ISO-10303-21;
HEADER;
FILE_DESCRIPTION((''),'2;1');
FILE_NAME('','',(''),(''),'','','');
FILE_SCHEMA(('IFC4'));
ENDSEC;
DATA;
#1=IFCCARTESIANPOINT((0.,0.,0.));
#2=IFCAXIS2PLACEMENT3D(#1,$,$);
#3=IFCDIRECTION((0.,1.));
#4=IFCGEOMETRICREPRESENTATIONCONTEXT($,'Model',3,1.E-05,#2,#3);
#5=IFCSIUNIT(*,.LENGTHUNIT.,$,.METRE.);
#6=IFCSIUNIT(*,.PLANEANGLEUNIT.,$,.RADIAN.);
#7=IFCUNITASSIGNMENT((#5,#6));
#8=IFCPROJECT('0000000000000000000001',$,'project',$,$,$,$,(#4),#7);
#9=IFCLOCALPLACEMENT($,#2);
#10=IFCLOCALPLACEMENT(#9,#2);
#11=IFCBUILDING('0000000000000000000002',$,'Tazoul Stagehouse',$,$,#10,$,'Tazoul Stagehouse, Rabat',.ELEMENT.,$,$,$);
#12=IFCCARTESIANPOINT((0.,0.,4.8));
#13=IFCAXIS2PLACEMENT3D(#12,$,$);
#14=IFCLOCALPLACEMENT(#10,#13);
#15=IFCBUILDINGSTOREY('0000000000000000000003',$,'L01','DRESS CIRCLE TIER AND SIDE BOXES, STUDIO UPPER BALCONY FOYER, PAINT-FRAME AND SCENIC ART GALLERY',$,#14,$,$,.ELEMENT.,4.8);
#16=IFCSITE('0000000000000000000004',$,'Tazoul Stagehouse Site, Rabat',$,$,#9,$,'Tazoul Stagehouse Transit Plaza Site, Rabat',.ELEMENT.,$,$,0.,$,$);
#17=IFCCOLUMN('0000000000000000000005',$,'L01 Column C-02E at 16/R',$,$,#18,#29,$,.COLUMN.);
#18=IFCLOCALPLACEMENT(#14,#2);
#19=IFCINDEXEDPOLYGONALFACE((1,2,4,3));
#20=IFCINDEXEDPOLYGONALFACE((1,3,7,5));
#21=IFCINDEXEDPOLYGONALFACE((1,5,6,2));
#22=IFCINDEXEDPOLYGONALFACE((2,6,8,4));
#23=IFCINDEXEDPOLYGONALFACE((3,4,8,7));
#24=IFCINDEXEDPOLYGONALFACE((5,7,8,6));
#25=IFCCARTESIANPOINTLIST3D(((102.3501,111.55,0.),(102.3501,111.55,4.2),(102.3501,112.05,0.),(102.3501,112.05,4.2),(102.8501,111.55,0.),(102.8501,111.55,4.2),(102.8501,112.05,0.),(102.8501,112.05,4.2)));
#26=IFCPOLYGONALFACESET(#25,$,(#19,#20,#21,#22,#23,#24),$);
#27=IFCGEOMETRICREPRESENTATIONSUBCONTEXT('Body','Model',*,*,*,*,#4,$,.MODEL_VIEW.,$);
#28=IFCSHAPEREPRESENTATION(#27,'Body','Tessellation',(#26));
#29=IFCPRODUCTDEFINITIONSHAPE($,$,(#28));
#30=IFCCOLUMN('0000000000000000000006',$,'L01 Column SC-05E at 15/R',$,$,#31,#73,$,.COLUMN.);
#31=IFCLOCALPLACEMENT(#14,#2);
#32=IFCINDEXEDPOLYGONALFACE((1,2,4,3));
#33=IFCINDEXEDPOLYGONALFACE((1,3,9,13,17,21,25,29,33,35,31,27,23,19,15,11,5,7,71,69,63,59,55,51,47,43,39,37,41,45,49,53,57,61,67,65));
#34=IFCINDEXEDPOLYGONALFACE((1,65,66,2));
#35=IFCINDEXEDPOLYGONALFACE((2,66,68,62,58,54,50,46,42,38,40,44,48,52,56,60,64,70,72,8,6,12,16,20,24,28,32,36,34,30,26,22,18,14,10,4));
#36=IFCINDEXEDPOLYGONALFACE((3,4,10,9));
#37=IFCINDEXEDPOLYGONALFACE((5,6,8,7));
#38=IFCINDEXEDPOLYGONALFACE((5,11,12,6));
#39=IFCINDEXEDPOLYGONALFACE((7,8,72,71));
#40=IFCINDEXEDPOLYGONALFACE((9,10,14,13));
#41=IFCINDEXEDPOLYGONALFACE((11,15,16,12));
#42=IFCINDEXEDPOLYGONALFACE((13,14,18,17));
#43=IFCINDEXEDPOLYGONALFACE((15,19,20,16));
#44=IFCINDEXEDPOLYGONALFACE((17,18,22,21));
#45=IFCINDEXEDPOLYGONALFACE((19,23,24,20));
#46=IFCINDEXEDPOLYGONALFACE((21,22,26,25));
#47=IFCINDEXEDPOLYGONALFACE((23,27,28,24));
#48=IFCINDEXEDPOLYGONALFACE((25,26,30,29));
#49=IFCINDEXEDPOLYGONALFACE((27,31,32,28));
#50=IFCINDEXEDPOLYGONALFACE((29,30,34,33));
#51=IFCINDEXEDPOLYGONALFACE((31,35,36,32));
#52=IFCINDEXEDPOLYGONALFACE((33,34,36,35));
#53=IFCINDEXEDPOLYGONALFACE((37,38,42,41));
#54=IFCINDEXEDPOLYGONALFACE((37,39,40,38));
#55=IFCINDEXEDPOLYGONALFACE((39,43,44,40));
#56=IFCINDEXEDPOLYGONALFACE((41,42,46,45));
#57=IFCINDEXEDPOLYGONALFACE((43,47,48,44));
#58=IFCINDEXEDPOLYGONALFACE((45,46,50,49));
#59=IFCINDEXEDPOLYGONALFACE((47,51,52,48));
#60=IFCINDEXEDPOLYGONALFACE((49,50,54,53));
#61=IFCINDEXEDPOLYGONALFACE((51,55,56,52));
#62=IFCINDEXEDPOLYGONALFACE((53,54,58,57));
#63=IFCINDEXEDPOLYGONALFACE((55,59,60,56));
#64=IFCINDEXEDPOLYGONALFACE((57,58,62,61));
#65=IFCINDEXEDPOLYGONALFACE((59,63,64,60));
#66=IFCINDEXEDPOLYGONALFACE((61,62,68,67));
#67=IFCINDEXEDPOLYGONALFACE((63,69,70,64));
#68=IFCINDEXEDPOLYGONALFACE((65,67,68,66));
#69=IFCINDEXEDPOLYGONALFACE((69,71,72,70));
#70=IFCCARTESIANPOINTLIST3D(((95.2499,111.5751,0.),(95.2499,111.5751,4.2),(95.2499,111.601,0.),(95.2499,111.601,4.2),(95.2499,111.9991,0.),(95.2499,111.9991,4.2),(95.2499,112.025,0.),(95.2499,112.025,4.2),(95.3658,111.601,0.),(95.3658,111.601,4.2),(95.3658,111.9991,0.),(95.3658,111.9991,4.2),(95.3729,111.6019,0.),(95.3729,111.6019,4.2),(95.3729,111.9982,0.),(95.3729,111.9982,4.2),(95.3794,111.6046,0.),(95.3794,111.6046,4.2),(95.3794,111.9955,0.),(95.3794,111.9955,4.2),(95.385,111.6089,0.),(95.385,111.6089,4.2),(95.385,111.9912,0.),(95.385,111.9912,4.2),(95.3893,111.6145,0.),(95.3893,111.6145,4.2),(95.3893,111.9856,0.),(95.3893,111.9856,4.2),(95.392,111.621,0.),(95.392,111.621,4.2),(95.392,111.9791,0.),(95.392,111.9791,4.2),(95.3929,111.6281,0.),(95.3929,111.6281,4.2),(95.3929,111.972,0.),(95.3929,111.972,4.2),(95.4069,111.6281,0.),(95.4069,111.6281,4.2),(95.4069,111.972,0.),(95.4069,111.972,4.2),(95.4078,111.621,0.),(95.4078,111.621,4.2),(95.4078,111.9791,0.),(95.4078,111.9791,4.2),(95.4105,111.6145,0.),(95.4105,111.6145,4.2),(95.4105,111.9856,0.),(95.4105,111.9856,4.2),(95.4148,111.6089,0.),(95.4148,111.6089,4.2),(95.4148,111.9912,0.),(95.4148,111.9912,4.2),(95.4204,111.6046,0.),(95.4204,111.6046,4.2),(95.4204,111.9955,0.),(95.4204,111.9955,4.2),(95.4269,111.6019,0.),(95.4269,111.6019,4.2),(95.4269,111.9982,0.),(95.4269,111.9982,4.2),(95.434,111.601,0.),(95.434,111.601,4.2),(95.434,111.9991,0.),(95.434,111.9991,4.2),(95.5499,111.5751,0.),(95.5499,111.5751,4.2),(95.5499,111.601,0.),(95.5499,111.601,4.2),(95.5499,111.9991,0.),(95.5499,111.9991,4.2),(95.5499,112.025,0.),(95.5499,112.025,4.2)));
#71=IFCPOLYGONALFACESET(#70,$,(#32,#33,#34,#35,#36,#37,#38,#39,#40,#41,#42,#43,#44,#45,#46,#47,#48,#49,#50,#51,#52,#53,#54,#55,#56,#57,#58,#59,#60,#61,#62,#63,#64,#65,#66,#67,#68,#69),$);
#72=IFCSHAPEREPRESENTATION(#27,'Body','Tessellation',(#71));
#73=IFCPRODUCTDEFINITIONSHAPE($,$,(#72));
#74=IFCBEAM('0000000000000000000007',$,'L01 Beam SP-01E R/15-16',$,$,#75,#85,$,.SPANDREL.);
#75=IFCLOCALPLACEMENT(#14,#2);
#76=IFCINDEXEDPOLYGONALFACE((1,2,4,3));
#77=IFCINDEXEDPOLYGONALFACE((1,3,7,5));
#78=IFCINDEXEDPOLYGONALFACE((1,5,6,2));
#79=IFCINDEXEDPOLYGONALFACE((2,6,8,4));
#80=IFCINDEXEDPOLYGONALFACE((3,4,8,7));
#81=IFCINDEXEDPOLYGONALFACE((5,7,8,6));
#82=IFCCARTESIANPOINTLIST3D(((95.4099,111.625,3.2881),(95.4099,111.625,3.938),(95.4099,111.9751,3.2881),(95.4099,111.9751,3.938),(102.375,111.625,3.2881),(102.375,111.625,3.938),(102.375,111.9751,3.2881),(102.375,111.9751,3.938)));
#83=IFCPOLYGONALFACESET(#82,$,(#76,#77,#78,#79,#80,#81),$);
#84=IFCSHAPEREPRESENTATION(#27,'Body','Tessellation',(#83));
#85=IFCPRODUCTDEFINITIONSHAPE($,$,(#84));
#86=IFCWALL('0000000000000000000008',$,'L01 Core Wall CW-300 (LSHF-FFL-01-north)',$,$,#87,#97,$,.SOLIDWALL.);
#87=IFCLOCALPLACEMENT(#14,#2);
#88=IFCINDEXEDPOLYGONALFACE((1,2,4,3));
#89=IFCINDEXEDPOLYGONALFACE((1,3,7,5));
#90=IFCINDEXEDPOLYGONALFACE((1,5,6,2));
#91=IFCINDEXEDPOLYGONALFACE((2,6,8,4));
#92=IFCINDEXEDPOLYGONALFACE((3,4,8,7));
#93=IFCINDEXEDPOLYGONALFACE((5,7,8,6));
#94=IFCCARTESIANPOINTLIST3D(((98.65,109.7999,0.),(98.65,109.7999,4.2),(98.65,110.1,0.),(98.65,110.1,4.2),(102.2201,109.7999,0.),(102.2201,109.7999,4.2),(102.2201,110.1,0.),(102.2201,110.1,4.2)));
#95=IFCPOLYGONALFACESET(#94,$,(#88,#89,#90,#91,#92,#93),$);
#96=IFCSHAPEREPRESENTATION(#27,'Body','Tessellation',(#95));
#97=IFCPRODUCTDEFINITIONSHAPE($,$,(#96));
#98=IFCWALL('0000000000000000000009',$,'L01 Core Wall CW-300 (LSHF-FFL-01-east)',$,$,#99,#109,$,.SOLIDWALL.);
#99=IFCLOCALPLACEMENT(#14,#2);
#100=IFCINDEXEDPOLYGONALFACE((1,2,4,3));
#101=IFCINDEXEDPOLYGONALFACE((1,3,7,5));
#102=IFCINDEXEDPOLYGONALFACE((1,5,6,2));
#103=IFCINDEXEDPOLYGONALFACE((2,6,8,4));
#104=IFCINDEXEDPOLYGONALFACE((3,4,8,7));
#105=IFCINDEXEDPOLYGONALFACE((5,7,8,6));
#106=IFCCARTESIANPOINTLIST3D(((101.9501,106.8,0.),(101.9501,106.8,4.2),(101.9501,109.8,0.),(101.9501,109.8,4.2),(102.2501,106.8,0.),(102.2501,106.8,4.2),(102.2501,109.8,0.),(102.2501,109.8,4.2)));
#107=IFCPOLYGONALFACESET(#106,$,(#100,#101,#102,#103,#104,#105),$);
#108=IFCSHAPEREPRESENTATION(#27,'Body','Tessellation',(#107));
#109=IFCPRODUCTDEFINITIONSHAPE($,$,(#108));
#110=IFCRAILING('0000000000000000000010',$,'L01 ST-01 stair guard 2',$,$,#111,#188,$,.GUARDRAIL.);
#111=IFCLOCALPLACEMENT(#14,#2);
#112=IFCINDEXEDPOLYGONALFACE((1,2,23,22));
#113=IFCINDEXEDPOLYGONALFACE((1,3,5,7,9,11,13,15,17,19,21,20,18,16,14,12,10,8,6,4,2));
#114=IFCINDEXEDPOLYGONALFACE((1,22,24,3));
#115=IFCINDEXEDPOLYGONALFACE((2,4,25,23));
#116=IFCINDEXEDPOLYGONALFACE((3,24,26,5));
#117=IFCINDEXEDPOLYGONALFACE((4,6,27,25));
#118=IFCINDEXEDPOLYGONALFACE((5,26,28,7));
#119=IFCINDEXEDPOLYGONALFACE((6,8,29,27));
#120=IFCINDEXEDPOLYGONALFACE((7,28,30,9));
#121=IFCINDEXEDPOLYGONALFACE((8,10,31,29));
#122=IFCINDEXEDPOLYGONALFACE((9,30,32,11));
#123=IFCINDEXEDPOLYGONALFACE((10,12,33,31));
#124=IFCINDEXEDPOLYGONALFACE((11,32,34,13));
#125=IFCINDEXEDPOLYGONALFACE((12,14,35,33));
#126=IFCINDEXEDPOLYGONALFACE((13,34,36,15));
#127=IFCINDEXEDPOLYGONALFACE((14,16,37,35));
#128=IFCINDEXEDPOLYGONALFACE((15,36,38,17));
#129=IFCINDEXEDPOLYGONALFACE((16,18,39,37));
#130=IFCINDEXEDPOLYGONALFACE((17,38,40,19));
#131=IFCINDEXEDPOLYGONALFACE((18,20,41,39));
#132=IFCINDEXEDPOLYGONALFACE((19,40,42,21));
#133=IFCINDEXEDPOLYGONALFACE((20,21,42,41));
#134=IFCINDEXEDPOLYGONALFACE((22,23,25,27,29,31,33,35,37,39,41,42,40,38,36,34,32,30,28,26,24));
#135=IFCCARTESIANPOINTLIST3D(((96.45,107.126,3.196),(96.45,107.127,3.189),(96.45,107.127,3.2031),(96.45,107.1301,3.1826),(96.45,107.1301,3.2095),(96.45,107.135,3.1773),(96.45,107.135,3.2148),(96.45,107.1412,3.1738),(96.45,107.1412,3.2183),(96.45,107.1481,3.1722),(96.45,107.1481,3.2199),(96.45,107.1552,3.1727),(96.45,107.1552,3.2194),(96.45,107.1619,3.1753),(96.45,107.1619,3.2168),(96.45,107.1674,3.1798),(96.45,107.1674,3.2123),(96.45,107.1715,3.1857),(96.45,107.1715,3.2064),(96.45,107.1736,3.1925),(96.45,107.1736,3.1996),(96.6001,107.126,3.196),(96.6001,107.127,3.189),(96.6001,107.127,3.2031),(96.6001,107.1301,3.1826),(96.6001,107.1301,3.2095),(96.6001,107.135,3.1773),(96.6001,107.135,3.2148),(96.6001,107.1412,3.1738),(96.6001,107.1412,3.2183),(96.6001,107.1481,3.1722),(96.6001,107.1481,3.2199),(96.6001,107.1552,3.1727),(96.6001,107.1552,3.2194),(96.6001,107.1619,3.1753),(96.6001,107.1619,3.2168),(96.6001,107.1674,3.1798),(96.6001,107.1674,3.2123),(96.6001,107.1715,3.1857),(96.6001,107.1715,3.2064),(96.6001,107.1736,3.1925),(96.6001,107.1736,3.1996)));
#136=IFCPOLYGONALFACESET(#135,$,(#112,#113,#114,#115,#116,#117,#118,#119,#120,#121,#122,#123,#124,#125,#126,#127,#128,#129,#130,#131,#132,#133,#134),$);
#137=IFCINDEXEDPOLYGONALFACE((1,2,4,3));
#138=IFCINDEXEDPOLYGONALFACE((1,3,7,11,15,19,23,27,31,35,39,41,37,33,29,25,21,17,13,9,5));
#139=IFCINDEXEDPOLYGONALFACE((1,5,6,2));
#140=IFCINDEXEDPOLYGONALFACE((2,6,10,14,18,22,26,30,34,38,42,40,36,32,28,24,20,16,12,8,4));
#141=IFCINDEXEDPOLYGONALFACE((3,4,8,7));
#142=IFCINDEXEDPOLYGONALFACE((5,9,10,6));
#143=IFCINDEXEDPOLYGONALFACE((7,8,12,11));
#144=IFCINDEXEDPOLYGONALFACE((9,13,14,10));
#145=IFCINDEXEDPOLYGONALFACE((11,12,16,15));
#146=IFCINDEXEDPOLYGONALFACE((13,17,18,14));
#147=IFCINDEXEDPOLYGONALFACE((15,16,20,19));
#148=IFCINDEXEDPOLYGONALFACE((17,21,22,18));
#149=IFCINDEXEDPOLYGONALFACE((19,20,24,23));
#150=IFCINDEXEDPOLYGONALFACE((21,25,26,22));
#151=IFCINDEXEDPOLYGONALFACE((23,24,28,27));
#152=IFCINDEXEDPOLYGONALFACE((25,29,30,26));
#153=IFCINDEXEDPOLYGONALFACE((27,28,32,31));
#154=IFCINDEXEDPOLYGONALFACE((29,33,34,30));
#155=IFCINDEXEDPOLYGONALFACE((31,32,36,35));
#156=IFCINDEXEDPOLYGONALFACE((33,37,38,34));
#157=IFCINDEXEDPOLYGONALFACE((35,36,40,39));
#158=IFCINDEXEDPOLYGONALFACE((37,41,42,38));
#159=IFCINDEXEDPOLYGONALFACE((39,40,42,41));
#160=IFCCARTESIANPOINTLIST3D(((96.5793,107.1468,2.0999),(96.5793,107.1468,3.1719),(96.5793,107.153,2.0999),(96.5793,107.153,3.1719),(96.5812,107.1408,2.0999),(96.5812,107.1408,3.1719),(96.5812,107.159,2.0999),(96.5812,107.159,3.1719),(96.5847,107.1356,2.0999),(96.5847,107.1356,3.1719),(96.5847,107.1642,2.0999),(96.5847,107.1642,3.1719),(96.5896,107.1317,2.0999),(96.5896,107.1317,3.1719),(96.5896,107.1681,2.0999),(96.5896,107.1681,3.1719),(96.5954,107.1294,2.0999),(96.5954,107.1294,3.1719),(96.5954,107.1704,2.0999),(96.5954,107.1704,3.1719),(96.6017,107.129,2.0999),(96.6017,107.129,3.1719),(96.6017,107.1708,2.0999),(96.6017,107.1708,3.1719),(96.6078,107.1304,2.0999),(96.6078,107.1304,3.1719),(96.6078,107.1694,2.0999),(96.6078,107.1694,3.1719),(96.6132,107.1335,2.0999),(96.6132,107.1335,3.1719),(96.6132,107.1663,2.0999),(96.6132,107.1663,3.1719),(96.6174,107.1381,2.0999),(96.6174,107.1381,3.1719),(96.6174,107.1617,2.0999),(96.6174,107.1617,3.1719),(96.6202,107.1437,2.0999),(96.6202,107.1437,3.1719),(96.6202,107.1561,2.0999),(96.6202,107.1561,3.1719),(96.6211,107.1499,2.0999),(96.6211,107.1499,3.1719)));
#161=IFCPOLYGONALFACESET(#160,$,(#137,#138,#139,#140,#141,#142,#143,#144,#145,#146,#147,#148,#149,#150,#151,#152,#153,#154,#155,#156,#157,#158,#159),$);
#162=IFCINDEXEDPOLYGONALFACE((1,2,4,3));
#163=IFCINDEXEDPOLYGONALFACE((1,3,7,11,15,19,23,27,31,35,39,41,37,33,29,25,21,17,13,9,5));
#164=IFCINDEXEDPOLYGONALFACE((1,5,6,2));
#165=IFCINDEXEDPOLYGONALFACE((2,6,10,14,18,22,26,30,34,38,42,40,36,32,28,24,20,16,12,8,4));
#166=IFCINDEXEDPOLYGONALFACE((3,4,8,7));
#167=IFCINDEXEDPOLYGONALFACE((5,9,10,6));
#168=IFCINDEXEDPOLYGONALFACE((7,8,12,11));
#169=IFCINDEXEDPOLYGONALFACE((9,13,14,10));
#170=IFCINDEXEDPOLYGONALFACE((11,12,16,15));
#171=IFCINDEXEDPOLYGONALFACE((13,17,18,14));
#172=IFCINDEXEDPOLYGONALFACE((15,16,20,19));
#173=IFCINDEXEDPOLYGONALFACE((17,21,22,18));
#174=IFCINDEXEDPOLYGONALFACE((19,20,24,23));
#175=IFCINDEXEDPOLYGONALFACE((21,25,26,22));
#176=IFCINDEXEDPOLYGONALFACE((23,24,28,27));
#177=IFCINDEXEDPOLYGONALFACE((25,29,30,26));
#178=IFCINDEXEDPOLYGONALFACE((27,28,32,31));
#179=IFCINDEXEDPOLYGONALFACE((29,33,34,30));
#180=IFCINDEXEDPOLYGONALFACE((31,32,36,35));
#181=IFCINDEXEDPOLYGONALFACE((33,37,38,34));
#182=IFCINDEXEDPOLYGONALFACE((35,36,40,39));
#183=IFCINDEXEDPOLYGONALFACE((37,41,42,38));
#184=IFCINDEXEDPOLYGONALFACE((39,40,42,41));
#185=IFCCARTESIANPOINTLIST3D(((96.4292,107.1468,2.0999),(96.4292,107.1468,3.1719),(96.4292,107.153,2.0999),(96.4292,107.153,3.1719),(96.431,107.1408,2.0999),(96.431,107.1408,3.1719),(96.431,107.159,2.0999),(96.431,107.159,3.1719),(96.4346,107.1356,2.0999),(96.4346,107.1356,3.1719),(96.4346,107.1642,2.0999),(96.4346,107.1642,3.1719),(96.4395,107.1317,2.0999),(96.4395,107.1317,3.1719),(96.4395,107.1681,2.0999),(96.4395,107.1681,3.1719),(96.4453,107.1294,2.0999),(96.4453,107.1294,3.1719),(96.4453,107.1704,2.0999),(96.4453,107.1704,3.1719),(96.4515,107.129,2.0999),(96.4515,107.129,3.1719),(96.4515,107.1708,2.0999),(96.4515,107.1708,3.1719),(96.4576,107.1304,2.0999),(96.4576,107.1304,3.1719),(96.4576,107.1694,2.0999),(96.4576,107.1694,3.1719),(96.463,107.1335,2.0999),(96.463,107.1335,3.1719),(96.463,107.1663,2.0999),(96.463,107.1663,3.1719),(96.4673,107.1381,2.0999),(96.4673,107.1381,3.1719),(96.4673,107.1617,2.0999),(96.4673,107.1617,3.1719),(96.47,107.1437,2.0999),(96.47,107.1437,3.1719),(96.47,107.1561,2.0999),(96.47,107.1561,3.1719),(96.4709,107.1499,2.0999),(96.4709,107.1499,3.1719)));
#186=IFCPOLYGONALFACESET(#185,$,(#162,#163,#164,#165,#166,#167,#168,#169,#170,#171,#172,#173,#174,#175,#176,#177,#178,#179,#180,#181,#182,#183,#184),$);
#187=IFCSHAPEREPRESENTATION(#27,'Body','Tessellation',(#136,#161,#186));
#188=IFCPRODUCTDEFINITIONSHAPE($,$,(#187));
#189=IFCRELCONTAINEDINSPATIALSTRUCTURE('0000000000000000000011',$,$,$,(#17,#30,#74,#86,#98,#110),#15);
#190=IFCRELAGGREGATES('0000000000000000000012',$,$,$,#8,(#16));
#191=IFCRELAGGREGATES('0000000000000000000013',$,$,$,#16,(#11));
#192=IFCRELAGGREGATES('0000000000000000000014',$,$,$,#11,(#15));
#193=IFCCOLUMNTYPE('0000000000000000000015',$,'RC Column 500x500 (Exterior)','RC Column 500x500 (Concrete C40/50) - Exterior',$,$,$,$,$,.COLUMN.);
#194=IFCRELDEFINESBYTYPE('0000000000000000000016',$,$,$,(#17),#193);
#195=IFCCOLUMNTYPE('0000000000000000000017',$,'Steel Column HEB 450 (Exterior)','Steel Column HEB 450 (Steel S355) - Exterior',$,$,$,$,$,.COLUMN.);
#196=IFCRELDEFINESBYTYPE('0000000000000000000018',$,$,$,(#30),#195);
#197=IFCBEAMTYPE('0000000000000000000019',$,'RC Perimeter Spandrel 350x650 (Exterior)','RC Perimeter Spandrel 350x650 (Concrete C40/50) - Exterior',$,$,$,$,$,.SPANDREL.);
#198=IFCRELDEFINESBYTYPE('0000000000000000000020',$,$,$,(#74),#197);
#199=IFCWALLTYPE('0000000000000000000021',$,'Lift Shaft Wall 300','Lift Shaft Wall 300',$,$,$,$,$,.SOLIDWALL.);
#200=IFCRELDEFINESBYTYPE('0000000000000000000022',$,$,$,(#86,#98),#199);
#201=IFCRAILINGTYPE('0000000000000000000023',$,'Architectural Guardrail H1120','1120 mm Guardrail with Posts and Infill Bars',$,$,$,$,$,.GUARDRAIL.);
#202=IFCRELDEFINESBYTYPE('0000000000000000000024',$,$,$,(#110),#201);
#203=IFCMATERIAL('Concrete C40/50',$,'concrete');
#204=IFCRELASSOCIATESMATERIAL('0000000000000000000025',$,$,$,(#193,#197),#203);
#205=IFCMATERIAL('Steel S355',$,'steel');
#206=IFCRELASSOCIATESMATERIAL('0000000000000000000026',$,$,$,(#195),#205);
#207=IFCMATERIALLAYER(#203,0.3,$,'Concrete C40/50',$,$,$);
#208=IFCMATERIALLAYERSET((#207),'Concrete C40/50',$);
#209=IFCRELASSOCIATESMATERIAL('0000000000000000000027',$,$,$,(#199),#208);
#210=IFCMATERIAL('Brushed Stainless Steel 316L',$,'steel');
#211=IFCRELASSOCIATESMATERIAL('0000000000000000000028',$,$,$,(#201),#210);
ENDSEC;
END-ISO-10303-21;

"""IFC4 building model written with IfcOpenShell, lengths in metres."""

from ifc_helpers import new_model, si_unit, direction, frame, frame_2d, origin, origin_2d, place, context, subcontext, project, spatial, rectangle, circle, i_section, extrude, material, layer, layer_set, material_profile, profile_set, type_object, element, save


model = new_model("IFC4")

# Units and contexts
model_context = context("Model", 3, precision=1e-05, world=origin(), true_north=direction((0.0, 1.0)))
body_context = subcontext(model_context, "Body", "Model", "MODEL_VIEW")
ifc_project = project(units=[si_unit("LENGTHUNIT", "METRE"), si_unit("PLANEANGLEUNIT", "RADIAN")], contexts=[model_context])

# Site, building, storey
site_placement = place(None, origin())
site = spatial("IfcSite", under=ifc_project, at=site_placement, Name="Tazoul Stagehouse Site, Rabat", LongName="Tazoul Stagehouse Transit Plaza Site, Rabat", CompositionType="ELEMENT", RefElevation=0.0)
building_placement = place(site_placement, origin())
building = spatial("IfcBuilding", under=site, at=building_placement, Name="Tazoul Stagehouse", LongName="Tazoul Stagehouse, Rabat", CompositionType="ELEMENT")
storey_placement = place(building_placement, frame((0.0, 0.0, 4.8)))
storey = spatial("IfcBuildingStorey", under=building, at=storey_placement, Name="L01", Description="DRESS CIRCLE TIER AND SIDE BOXES, STUDIO UPPER BALCONY FOYER, PAINT-FRAME AND SCENIC ART GALLERY", CompositionType="ELEMENT", Elevation=4.8)

# Columns
ifc_material_1 = material(Name="Concrete C40/50", Category="concrete")
ifc_material_profile_1 = material_profile(ifc_material_1, rectangle(XDim=0.5, YDim=0.5, at=origin_2d()), Name="RC 500x500")
ifc_profile_set_1 = profile_set([ifc_material_profile_1], Name="Concrete C40/50")
column_type_1 = type_object("IfcColumnType", Name="RC Column 500x500 (Exterior)", Description="RC Column 500x500 (Concrete C40/50) - Exterior", PredefinedType="COLUMN", material=ifc_profile_set_1)
column_1_placement = place(storey_placement, frame((102.6001, 111.8, 0.0), z_axis=(0.0, 0.0, 1.0), x_axis=(1.0, 0.0, 0.0)))
element("IfcColumn", 1, at=column_1_placement, inside=storey, type_object=column_type_1, Name="L01 Column C-02E at 16/R", PredefinedType="COLUMN", context=body_context, shape_type="SweptSolid", body=[
    extrude(rectangle(XDim=0.5, YDim=0.5, at=origin_2d()), origin(), (0.0, 0.0, 1.0), 4.2),
])
ifc_material_2 = material(Name="Steel S355", Category="steel")
ifc_material_profile_2 = material_profile(ifc_material_2, i_section(OverallWidth=0.3, OverallDepth=0.45, WebThickness=0.0139, FlangeThickness=0.0259, FilletRadius=0.0271, at=origin_2d()), Name="HEB 450")
ifc_profile_set_2 = profile_set([ifc_material_profile_2], Name="Steel S355")
column_type_2 = type_object("IfcColumnType", Name="Steel Column HEB 450 (Exterior)", Description="Steel Column HEB 450 (Steel S355) - Exterior", PredefinedType="COLUMN", material=ifc_profile_set_2)
column_2_placement = place(storey_placement, frame((95.3999, 111.8, 0.0), z_axis=(0.0, 0.0, 1.0), x_axis=(1.0, 0.0, 0.0)))
element("IfcColumn", 2, at=column_2_placement, inside=storey, type_object=column_type_2, Name="L01 Column SC-05E at 15/R", PredefinedType="COLUMN", context=body_context, shape_type="SweptSolid", body=[
    extrude(i_section(OverallWidth=0.3, OverallDepth=0.45, WebThickness=0.0139, FlangeThickness=0.0259, FilletRadius=0.0271, at=origin_2d()), origin(), (0.0, 0.0, 1.0), 4.2),
])

# Beam
ifc_material_profile_3 = material_profile(ifc_material_1, rectangle(XDim=0.3501, YDim=0.6499, at=origin_2d()), Name="RC 350x650")
ifc_profile_set_3 = profile_set([ifc_material_profile_3], Name="Concrete C40/50")
beam_type = type_object("IfcBeamType", Name="RC Perimeter Spandrel 350x650 (Exterior)", Description="RC Perimeter Spandrel 350x650 (Concrete C40/50) - Exterior", PredefinedType="SPANDREL", material=ifc_profile_set_3)
beam_placement = place(storey_placement, frame((95.4099, 111.8, 3.613), z_axis=(1.0, 0.0, 0.0), x_axis=(0.0, 1.0, 0.0)))
element("IfcBeam", 3, at=beam_placement, inside=storey, type_object=beam_type, Name="L01 Beam SP-01E R/15-16", PredefinedType="SPANDREL", context=body_context, shape_type="SweptSolid", body=[
    extrude(rectangle(XDim=0.3501, YDim=0.6499, at=origin_2d()), origin(), (0.0, 0.0, 1.0), 6.9651),
])

# Walls
ifc_layer_1 = layer(ifc_material_1, 0.3, Name="Concrete C40/50")
ifc_layer_set_1 = layer_set([ifc_layer_1], Name="Concrete C40/50")
wall_type_1 = type_object("IfcWallType", Name="Lift Shaft Wall 300", Description="Lift Shaft Wall 300", PredefinedType="SOLIDWALL", material=ifc_layer_set_1)
wall_1_placement = place(storey_placement, frame((98.6499, 109.95, 0.0), z_axis=(0.0, 0.0, 1.0), x_axis=(1.0, 0.0, 0.0)))
element("IfcWall", 4, at=wall_1_placement, inside=storey, type_object=wall_type_1, Name="L01 Core Wall CW-300 (LSHF-FFL-01-north)", PredefinedType="SOLIDWALL", context=body_context, shape_type="SweptSolid", body=[
    extrude(rectangle(XDim=3.5701, YDim=0.3, at=frame_2d((1.7852, 0.0))), origin(), (0.0, 0.0, 1.0), 4.2),
])
wall_2_placement = place(storey_placement, frame((102.1001, 109.8, 0.0), z_axis=(0.0, 0.0, 1.0), x_axis=(0.0, -1.0, 0.0)))
element("IfcWall", 5, at=wall_2_placement, inside=storey, type_object=wall_type_1, Name="L01 Core Wall CW-300 (LSHF-FFL-01-east)", PredefinedType="SOLIDWALL", context=body_context, shape_type="SweptSolid", body=[
    extrude(rectangle(XDim=3.0, YDim=0.3, at=frame_2d((1.5, 0.0))), origin(), (0.0, 0.0, 1.0), 4.2),
])

# Railing
ifc_material_3 = material(Name="Brushed Stainless Steel 316L", Category="steel")
ifc_material_profile_4 = material_profile(ifc_material_3, circle(Radius=0.0239, at=origin_2d()), Name="SS RAIL D48")
ifc_profile_set_4 = profile_set([ifc_material_profile_4], Name="Brushed Stainless Steel 316L")
railing_type = type_object("IfcRailingType", Name="Architectural Guardrail H1120", Description="1120 mm Guardrail with Posts and Infill Bars", PredefinedType="GUARDRAIL", material=ifc_profile_set_4)
railing_placement = place(storey_placement, frame((96.6001, 107.1499, 2.0999)))
element("IfcRailing", 6, at=railing_placement, inside=storey, type_object=railing_type, Name="L01 ST-01 stair guard 2", PredefinedType="GUARDRAIL", context=body_context, shape_type="SweptSolid", body=[
    extrude(circle(Radius=0.0239, at=origin_2d()), frame((0.0, 0.0, 1.0962), z_axis=(-1.0, 0.0, 0.0), x_axis=(0.0, -1.0, 0.0)), (0.0, 0.0, 1.0), 0.1501),
    extrude(circle(Radius=0.021, at=origin_2d()), origin(), (0.0, 0.0, 1.0), 1.072),
    extrude(circle(Radius=0.021, at=origin_2d()), frame((-0.1501, 0.0, 0.0)), (0.0, 0.0, 1.0), 1.072),
])

save(model, "model.ifc")
